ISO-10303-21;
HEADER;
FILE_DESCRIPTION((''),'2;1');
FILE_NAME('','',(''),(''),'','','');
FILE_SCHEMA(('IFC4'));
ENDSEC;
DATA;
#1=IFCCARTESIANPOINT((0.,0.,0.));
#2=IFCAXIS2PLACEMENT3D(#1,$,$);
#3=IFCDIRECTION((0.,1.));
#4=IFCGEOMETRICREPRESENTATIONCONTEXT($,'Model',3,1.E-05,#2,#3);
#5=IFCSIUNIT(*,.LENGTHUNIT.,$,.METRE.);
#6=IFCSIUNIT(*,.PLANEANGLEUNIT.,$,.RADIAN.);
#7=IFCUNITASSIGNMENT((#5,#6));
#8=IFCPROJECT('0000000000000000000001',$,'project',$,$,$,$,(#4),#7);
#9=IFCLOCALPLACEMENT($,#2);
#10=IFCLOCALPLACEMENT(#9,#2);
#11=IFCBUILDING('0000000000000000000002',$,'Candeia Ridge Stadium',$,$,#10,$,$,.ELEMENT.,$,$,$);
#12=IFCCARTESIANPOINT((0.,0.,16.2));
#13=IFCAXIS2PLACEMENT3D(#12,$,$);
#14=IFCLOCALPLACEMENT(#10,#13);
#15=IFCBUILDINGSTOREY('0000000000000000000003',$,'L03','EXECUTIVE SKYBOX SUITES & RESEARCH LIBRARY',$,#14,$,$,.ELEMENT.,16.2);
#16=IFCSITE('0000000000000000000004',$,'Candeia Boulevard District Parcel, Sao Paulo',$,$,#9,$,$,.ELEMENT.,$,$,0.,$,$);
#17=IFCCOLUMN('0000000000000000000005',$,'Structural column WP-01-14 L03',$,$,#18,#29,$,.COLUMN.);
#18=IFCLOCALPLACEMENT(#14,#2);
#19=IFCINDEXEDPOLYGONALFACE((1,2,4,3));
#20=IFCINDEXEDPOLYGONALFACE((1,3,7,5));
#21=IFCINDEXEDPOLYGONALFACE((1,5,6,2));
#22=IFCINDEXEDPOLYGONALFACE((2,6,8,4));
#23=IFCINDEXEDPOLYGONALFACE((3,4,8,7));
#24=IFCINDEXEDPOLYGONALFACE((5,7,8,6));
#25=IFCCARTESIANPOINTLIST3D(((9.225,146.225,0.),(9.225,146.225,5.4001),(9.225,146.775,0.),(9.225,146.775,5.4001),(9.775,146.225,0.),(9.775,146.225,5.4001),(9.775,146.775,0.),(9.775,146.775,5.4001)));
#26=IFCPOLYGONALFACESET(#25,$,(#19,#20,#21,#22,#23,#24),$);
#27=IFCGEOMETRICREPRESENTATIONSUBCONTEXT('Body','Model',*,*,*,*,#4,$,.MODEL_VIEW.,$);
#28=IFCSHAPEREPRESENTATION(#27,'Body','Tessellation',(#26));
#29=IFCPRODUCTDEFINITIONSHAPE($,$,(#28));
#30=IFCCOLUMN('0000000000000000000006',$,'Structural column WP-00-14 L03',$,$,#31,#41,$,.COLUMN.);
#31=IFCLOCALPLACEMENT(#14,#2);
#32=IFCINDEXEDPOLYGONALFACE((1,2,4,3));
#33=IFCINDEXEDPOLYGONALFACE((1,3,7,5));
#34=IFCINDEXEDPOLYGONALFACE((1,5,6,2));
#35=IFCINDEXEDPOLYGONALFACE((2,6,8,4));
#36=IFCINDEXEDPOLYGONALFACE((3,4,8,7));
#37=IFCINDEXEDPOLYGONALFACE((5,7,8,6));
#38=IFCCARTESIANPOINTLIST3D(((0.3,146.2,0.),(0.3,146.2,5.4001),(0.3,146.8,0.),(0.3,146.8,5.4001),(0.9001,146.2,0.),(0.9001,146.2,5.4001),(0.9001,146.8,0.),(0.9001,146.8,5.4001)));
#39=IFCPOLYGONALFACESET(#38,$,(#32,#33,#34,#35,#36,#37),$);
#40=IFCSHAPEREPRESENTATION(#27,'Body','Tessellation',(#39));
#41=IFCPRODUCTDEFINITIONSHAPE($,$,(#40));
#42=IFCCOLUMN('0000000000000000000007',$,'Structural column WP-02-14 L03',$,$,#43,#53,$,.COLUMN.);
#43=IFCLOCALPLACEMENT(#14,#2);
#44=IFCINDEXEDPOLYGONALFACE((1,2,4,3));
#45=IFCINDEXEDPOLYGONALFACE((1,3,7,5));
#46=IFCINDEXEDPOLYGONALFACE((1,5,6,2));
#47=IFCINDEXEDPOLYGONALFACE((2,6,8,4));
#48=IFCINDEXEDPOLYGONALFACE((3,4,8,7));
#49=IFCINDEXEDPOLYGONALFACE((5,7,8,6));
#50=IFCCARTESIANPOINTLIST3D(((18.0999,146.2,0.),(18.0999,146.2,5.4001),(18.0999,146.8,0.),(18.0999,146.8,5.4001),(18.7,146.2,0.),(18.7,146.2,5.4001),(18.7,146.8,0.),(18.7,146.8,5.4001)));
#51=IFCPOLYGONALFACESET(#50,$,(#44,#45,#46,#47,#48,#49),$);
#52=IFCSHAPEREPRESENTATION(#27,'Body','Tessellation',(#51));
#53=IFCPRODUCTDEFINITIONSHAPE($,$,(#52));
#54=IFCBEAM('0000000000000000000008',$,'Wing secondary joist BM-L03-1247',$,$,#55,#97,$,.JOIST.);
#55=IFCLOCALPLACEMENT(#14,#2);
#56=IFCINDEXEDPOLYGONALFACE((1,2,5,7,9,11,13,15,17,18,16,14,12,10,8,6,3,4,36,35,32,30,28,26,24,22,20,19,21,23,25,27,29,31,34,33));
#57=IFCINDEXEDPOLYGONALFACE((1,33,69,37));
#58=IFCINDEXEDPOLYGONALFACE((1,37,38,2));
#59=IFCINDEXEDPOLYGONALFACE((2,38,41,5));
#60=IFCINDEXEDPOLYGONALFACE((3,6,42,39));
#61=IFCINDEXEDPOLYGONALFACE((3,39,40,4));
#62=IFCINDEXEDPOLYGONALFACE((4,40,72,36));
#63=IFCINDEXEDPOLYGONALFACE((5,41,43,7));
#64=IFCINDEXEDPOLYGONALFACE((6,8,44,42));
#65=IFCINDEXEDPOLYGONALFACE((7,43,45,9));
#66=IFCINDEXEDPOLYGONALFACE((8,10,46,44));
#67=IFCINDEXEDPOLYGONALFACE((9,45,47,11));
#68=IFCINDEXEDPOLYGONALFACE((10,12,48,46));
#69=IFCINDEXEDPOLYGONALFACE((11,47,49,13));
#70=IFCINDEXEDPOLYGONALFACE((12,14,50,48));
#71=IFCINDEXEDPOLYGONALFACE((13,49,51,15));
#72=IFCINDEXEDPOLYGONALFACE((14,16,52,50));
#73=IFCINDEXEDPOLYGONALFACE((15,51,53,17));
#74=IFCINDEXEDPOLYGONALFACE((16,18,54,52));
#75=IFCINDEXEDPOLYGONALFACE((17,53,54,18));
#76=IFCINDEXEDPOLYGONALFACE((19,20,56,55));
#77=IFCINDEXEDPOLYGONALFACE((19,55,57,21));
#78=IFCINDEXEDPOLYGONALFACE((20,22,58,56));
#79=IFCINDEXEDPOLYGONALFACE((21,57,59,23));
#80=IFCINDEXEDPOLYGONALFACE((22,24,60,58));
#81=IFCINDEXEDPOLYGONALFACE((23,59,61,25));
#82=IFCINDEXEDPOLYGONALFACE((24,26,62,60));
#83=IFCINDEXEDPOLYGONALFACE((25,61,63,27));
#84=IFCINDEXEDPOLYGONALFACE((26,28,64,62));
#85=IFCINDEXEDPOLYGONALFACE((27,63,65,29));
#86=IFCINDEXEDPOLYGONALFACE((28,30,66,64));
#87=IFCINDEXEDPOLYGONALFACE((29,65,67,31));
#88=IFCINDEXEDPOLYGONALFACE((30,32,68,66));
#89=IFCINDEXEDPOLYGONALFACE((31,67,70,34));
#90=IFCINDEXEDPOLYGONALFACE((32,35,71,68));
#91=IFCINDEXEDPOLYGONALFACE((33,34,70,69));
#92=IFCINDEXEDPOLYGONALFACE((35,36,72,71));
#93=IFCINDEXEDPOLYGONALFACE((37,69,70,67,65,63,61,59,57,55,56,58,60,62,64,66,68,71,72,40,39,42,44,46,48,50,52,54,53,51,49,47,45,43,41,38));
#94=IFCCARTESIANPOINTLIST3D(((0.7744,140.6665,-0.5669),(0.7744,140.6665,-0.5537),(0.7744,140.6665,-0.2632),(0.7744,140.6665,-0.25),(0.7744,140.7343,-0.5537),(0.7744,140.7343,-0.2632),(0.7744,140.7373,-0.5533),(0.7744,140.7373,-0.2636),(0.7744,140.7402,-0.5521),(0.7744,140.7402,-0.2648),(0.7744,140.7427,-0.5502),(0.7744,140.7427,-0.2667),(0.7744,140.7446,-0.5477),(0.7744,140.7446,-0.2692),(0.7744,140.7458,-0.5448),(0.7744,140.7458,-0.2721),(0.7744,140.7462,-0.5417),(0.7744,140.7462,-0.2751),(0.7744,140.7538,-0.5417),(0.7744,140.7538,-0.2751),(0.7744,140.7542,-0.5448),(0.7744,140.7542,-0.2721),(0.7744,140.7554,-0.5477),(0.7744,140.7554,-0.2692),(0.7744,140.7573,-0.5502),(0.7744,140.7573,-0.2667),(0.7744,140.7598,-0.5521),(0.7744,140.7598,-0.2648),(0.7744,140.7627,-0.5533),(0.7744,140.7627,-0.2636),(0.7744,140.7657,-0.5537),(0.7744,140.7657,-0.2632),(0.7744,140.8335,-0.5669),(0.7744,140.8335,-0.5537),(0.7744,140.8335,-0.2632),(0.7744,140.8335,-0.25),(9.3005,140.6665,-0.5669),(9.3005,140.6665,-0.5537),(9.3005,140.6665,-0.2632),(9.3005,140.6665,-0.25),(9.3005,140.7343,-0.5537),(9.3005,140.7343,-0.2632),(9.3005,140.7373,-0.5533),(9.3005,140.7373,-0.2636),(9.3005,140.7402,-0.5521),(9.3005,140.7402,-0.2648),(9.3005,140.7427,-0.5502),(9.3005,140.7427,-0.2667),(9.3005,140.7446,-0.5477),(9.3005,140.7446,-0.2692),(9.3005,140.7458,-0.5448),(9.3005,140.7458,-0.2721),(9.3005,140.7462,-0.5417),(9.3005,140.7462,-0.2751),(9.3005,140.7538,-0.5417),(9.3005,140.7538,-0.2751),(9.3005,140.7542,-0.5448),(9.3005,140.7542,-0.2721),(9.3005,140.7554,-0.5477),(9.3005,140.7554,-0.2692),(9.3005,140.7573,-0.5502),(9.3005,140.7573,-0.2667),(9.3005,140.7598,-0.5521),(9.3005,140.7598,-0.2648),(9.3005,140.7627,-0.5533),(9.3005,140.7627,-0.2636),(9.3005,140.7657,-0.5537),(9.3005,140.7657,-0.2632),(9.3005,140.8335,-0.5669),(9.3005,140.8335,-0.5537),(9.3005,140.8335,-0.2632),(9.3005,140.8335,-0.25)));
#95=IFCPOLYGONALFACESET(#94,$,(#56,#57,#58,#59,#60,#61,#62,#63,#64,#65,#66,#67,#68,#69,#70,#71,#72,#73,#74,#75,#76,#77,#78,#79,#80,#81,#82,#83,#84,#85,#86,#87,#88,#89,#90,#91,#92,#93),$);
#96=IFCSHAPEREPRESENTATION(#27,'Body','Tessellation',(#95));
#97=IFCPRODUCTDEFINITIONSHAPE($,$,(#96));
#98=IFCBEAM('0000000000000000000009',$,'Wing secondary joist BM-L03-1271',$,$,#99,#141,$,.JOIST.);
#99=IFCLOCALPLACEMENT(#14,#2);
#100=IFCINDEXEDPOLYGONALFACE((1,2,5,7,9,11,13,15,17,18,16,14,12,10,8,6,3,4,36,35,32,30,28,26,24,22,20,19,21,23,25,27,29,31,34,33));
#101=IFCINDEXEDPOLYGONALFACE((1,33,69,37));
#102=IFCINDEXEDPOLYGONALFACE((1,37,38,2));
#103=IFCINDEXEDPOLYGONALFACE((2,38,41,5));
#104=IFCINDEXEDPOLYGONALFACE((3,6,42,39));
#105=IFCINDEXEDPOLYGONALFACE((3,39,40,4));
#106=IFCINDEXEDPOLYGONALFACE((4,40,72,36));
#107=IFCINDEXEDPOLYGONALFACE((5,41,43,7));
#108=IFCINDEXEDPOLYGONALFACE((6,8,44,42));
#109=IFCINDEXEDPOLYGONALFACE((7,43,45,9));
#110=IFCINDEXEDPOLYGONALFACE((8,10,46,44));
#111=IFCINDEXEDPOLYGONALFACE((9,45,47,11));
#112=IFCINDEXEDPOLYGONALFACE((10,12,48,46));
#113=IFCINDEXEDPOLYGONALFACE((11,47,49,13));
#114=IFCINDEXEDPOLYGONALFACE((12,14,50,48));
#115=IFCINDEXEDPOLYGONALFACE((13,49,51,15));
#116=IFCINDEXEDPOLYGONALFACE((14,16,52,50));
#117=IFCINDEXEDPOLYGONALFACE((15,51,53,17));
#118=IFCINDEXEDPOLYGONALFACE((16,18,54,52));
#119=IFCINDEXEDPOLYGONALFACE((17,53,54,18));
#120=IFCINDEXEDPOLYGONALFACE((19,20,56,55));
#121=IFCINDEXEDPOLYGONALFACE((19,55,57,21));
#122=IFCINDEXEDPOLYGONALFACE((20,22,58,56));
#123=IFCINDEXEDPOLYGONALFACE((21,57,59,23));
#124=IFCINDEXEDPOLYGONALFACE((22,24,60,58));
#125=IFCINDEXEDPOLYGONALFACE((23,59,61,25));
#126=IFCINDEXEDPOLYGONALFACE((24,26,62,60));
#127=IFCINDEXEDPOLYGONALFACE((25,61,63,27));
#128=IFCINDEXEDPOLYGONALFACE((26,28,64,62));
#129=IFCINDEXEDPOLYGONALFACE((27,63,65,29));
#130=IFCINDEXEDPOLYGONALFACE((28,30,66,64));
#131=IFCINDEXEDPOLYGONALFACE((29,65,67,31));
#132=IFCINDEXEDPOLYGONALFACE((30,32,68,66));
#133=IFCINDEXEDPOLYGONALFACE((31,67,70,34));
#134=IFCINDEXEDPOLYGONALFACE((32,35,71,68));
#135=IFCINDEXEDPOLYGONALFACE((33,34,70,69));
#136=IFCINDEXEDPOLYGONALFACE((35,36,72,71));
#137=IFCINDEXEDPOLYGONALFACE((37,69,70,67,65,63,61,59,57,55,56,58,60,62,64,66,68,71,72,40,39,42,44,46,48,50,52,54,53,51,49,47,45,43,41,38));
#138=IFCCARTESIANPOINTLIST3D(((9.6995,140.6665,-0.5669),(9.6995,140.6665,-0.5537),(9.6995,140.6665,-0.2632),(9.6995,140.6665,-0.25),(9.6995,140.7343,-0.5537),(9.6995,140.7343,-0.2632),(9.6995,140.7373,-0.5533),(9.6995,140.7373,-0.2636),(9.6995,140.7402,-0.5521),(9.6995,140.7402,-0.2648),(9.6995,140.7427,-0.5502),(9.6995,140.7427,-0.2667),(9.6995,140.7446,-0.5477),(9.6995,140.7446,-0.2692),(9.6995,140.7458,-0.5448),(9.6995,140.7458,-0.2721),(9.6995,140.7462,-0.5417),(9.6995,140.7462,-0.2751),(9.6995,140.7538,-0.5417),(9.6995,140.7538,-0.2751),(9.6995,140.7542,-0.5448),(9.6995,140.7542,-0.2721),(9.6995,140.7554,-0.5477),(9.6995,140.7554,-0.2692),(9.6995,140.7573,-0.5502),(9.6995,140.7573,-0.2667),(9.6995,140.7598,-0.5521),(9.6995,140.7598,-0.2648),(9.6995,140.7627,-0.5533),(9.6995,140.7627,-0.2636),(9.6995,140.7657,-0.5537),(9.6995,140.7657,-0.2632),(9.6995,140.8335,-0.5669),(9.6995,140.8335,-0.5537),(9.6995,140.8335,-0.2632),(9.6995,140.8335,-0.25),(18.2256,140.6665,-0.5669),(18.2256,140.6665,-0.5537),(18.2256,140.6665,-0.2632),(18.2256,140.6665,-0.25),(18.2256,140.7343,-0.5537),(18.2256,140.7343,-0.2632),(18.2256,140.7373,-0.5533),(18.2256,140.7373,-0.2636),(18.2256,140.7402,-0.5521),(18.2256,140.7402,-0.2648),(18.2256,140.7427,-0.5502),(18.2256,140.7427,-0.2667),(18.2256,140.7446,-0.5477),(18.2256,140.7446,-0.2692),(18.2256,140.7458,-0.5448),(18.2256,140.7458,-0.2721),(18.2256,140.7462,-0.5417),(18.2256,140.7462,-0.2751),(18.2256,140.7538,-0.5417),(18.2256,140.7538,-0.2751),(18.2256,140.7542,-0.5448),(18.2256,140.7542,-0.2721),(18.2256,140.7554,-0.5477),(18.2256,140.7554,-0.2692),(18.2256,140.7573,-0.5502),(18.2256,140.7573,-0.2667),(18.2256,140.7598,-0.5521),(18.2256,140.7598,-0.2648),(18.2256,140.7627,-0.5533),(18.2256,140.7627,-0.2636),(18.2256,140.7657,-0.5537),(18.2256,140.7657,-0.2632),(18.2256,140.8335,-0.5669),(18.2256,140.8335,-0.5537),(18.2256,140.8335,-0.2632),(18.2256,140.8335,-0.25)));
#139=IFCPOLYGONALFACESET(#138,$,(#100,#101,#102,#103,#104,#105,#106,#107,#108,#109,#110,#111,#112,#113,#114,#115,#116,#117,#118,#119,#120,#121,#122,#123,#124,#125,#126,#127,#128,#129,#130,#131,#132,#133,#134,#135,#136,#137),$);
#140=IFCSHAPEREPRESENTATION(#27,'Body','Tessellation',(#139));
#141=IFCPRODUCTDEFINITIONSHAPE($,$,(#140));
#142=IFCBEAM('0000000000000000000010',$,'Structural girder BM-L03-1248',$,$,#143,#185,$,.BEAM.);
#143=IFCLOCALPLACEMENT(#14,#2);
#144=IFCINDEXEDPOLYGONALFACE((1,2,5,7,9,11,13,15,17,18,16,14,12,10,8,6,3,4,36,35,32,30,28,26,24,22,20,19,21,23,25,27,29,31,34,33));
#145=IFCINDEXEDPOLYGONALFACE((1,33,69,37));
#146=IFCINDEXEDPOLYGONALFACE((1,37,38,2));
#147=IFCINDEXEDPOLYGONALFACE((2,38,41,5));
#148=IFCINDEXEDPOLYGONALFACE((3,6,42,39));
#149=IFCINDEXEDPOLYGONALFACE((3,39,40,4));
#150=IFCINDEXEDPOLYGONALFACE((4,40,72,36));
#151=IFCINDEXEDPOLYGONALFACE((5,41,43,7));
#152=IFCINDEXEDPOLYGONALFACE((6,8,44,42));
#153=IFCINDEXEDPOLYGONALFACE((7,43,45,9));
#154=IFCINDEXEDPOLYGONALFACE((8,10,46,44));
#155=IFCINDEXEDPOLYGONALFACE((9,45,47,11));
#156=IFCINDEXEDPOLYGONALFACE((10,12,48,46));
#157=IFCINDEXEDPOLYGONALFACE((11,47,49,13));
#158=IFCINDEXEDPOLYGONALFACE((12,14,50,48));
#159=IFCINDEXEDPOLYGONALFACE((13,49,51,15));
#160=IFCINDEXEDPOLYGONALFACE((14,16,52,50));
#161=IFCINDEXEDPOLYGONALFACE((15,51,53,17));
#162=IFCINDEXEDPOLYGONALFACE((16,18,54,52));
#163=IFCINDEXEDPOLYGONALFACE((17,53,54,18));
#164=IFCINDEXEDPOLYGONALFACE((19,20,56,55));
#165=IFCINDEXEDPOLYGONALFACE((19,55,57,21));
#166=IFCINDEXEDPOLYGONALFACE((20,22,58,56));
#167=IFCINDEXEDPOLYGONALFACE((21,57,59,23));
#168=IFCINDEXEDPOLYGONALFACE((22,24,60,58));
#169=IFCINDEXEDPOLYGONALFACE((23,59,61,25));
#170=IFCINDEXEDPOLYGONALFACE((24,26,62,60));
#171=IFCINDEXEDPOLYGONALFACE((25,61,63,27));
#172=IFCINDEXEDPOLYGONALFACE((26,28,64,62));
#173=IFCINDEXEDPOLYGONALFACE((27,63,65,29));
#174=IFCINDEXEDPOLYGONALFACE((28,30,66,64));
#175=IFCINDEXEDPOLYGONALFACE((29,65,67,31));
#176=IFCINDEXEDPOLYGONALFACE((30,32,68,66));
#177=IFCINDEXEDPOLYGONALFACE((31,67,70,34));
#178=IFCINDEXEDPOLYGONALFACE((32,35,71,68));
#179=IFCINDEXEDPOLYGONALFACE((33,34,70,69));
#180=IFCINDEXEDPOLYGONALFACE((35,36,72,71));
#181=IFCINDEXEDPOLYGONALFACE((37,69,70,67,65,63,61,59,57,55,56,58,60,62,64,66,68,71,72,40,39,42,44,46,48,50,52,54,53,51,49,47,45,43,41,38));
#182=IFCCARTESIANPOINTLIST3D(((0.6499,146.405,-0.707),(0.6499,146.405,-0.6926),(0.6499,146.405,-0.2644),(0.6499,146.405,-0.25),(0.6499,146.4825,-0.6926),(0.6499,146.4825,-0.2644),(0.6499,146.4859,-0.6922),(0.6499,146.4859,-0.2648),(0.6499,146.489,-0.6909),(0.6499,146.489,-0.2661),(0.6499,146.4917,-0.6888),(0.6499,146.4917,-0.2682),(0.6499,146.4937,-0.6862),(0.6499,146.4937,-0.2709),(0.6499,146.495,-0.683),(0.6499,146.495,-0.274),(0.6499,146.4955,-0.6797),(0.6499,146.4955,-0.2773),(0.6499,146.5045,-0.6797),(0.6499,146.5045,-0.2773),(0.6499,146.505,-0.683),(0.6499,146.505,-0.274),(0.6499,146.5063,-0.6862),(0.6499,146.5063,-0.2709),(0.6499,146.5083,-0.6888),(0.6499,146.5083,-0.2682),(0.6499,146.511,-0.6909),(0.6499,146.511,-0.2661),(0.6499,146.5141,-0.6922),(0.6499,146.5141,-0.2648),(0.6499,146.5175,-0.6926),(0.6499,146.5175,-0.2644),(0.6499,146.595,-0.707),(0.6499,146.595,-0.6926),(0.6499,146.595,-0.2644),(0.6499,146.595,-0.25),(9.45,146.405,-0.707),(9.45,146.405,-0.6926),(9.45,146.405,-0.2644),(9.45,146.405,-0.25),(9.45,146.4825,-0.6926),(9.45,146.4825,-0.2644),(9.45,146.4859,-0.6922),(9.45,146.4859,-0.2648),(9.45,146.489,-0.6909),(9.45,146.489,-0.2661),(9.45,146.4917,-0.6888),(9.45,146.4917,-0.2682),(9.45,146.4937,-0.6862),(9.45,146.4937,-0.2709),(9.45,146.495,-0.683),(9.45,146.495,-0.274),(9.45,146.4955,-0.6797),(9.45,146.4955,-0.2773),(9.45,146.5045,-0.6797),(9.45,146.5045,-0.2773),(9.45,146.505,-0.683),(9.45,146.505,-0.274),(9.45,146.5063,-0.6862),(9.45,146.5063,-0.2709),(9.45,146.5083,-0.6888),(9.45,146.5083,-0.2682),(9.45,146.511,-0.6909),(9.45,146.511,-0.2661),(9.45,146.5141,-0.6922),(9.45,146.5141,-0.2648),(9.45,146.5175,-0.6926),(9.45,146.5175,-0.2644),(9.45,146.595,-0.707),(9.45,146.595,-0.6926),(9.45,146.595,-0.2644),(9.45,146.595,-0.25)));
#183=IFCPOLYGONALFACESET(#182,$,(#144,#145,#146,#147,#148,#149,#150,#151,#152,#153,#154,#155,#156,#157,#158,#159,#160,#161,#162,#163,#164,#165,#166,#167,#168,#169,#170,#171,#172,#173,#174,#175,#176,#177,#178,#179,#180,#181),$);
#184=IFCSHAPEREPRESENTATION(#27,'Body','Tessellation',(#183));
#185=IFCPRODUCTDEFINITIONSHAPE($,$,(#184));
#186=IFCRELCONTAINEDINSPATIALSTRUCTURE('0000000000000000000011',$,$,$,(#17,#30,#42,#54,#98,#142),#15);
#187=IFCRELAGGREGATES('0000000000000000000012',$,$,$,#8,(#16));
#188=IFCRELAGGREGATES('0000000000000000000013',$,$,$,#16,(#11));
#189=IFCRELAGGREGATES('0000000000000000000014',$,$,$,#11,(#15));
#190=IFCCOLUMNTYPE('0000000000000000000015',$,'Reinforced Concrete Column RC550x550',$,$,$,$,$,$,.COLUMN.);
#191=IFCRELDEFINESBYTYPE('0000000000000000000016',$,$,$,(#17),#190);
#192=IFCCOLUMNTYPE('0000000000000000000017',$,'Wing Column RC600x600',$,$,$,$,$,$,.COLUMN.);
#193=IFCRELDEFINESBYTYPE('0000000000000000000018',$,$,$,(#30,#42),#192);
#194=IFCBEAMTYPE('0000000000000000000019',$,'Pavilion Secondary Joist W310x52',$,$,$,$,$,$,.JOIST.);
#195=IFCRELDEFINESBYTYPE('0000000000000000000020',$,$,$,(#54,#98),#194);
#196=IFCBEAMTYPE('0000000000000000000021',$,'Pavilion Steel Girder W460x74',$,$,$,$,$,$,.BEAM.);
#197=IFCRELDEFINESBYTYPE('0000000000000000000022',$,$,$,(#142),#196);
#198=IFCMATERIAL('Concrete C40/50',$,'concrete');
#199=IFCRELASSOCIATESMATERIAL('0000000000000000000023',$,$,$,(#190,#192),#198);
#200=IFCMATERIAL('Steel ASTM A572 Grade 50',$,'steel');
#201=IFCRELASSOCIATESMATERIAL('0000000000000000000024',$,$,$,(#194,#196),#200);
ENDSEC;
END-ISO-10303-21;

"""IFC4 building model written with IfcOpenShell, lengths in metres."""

from ifc_helpers import new_model, si_unit, direction, frame, origin, origin_2d, place, context, subcontext, project, spatial, rectangle, i_section, extrude, material, material_profile, profile_set, type_object, element, save


model = new_model("IFC4")

# Units and contexts
model_context = context("Model", 3, precision=1e-05, world=origin(), true_north=direction((0.0, 1.0)))
body_context = subcontext(model_context, "Body", "Model", "MODEL_VIEW")
ifc_project = project(units=[si_unit("LENGTHUNIT", "METRE"), si_unit("PLANEANGLEUNIT", "RADIAN")], contexts=[model_context])

# Site, building, storey
site_placement = place(None, origin())
site = spatial("IfcSite", under=ifc_project, at=site_placement, Name="Candeia Boulevard District Parcel, Sao Paulo", CompositionType="ELEMENT", RefElevation=0.0)
building_placement = place(site_placement, origin())
building = spatial("IfcBuilding", under=site, at=building_placement, Name="Candeia Ridge Stadium", CompositionType="ELEMENT")
storey_placement = place(building_placement, frame((0.0, 0.0, 16.2)))
storey = spatial("IfcBuildingStorey", under=building, at=storey_placement, Name="L03", Description="EXECUTIVE SKYBOX SUITES & RESEARCH LIBRARY", CompositionType="ELEMENT", Elevation=16.2)

# Columns
ifc_material_1 = material(Name="Concrete C40/50", Category="concrete")
ifc_material_profile_1 = material_profile(ifc_material_1, rectangle(XDim=0.55, YDim=0.55, at=origin_2d()), Name="RC550x550", Category="concrete")
ifc_profile_set_1 = profile_set([ifc_material_profile_1], Name="Concrete C40/50")
column_type_1 = type_object("IfcColumnType", Name="Reinforced Concrete Column RC550x550", PredefinedType="COLUMN", material=ifc_profile_set_1)
column_placement = place(storey_placement, frame((9.5, 146.5, 0.0), z_axis=(0.0, 0.0, 1.0), x_axis=(1.0, 0.0, 0.0)))
element("IfcColumn", 1, at=column_placement, inside=storey, type_object=column_type_1, Name="Structural column WP-01-14 L03", PredefinedType="COLUMN", context=body_context, shape_type="SweptSolid", body=[
    extrude(rectangle(XDim=0.55, YDim=0.55, at=origin_2d()), origin(), (0.0, 0.0, 1.0), 5.4001),
])
ifc_material_profile_2 = material_profile(ifc_material_1, rectangle(XDim=0.6001, YDim=0.6001, at=origin_2d()), Name="RC600x600", Category="concrete")
ifc_profile_set_2 = profile_set([ifc_material_profile_2], Name="Concrete C40/50")
column_type_2 = type_object("IfcColumnType", Name="Wing Column RC600x600", PredefinedType="COLUMN", material=ifc_profile_set_2)
for number, where, z_axis, x_axis, name in (
    (2, (0.6001, 146.5, 0.0), (0.0, 0.0, 1.0), (1.0, 0.0, 0.0), "Structural column WP-00-14 L03"),
    (3, (18.3999, 146.5, 0.0), (0.0, 0.0, 1.0), (1.0, 0.0, 0.0), "Structural column WP-02-14 L03"),
):
    element("IfcColumn", number, at=place(storey_placement, frame(where, z_axis=z_axis, x_axis=x_axis)), inside=storey, type_object=column_type_2, Name=name, PredefinedType="COLUMN", context=body_context, shape_type="SweptSolid", body=[
        extrude(rectangle(XDim=0.6001, YDim=0.6001, at=origin_2d()), origin(), (0.0, 0.0, 1.0), 5.4001),
    ])

# Beams
ifc_material_2 = material(Name="Steel ASTM A572 Grade 50", Category="steel")
ifc_material_profile_3 = material_profile(ifc_material_2, i_section(OverallWidth=0.167, OverallDepth=0.3169, WebThickness=0.0076, FlangeThickness=0.0132, FilletRadius=0.012, at=origin_2d()), Name="W310x52", Category="steel")
ifc_profile_set_3 = profile_set([ifc_material_profile_3], Name="Steel ASTM A572 Grade 50")
beam_type_1 = type_object("IfcBeamType", Name="Pavilion Secondary Joist W310x52", PredefinedType="JOIST", material=ifc_profile_set_3)
for number, where, z_axis, x_axis, name in (
    (4, (0.7744, 140.75, -0.4084), (1.0, 0.0, 0.0), (0.0, 1.0, 0.0), "Wing secondary joist BM-L03-1247"),
    (5, (9.6995, 140.75, -0.4084), (1.0, 0.0, 0.0), (0.0, 1.0, 0.0), "Wing secondary joist BM-L03-1271"),
):
    element("IfcBeam", number, at=place(storey_placement, frame(where, z_axis=z_axis, x_axis=x_axis)), inside=storey, type_object=beam_type_1, Name=name, PredefinedType="JOIST", context=body_context, shape_type="SweptSolid", body=[
        extrude(i_section(OverallWidth=0.167, OverallDepth=0.3169, WebThickness=0.0076, FlangeThickness=0.0132, FilletRadius=0.012, at=origin_2d()), origin(), (0.0, 0.0, 1.0), 8.5261),
    ])
ifc_material_profile_4 = material_profile(ifc_material_2, i_section(OverallWidth=0.1899, OverallDepth=0.457, WebThickness=0.009, FlangeThickness=0.0144, FilletRadius=0.0129, at=origin_2d()), Name="W460x74", Category="steel")
ifc_profile_set_4 = profile_set([ifc_material_profile_4], Name="Steel ASTM A572 Grade 50")
beam_type_2 = type_object("IfcBeamType", Name="Pavilion Steel Girder W460x74", PredefinedType="BEAM", material=ifc_profile_set_4)
for number, where, z_axis, x_axis, name in (
    (6, (0.6499, 146.5, -0.4785), (1.0, 0.0, 0.0), (0.0, 1.0, 0.0), "Structural girder BM-L03-1248"),
):
    element("IfcBeam", number, at=place(storey_placement, frame(where, z_axis=z_axis, x_axis=x_axis)), inside=storey, type_object=beam_type_2, Name=name, PredefinedType="BEAM", context=body_context, shape_type="SweptSolid", body=[
        extrude(i_section(OverallWidth=0.1899, OverallDepth=0.457, WebThickness=0.009, FlangeThickness=0.0144, FilletRadius=0.0129, at=origin_2d()), origin(), (0.0, 0.0, 1.0), 8.8),
    ])

save(model, "model.ifc")
